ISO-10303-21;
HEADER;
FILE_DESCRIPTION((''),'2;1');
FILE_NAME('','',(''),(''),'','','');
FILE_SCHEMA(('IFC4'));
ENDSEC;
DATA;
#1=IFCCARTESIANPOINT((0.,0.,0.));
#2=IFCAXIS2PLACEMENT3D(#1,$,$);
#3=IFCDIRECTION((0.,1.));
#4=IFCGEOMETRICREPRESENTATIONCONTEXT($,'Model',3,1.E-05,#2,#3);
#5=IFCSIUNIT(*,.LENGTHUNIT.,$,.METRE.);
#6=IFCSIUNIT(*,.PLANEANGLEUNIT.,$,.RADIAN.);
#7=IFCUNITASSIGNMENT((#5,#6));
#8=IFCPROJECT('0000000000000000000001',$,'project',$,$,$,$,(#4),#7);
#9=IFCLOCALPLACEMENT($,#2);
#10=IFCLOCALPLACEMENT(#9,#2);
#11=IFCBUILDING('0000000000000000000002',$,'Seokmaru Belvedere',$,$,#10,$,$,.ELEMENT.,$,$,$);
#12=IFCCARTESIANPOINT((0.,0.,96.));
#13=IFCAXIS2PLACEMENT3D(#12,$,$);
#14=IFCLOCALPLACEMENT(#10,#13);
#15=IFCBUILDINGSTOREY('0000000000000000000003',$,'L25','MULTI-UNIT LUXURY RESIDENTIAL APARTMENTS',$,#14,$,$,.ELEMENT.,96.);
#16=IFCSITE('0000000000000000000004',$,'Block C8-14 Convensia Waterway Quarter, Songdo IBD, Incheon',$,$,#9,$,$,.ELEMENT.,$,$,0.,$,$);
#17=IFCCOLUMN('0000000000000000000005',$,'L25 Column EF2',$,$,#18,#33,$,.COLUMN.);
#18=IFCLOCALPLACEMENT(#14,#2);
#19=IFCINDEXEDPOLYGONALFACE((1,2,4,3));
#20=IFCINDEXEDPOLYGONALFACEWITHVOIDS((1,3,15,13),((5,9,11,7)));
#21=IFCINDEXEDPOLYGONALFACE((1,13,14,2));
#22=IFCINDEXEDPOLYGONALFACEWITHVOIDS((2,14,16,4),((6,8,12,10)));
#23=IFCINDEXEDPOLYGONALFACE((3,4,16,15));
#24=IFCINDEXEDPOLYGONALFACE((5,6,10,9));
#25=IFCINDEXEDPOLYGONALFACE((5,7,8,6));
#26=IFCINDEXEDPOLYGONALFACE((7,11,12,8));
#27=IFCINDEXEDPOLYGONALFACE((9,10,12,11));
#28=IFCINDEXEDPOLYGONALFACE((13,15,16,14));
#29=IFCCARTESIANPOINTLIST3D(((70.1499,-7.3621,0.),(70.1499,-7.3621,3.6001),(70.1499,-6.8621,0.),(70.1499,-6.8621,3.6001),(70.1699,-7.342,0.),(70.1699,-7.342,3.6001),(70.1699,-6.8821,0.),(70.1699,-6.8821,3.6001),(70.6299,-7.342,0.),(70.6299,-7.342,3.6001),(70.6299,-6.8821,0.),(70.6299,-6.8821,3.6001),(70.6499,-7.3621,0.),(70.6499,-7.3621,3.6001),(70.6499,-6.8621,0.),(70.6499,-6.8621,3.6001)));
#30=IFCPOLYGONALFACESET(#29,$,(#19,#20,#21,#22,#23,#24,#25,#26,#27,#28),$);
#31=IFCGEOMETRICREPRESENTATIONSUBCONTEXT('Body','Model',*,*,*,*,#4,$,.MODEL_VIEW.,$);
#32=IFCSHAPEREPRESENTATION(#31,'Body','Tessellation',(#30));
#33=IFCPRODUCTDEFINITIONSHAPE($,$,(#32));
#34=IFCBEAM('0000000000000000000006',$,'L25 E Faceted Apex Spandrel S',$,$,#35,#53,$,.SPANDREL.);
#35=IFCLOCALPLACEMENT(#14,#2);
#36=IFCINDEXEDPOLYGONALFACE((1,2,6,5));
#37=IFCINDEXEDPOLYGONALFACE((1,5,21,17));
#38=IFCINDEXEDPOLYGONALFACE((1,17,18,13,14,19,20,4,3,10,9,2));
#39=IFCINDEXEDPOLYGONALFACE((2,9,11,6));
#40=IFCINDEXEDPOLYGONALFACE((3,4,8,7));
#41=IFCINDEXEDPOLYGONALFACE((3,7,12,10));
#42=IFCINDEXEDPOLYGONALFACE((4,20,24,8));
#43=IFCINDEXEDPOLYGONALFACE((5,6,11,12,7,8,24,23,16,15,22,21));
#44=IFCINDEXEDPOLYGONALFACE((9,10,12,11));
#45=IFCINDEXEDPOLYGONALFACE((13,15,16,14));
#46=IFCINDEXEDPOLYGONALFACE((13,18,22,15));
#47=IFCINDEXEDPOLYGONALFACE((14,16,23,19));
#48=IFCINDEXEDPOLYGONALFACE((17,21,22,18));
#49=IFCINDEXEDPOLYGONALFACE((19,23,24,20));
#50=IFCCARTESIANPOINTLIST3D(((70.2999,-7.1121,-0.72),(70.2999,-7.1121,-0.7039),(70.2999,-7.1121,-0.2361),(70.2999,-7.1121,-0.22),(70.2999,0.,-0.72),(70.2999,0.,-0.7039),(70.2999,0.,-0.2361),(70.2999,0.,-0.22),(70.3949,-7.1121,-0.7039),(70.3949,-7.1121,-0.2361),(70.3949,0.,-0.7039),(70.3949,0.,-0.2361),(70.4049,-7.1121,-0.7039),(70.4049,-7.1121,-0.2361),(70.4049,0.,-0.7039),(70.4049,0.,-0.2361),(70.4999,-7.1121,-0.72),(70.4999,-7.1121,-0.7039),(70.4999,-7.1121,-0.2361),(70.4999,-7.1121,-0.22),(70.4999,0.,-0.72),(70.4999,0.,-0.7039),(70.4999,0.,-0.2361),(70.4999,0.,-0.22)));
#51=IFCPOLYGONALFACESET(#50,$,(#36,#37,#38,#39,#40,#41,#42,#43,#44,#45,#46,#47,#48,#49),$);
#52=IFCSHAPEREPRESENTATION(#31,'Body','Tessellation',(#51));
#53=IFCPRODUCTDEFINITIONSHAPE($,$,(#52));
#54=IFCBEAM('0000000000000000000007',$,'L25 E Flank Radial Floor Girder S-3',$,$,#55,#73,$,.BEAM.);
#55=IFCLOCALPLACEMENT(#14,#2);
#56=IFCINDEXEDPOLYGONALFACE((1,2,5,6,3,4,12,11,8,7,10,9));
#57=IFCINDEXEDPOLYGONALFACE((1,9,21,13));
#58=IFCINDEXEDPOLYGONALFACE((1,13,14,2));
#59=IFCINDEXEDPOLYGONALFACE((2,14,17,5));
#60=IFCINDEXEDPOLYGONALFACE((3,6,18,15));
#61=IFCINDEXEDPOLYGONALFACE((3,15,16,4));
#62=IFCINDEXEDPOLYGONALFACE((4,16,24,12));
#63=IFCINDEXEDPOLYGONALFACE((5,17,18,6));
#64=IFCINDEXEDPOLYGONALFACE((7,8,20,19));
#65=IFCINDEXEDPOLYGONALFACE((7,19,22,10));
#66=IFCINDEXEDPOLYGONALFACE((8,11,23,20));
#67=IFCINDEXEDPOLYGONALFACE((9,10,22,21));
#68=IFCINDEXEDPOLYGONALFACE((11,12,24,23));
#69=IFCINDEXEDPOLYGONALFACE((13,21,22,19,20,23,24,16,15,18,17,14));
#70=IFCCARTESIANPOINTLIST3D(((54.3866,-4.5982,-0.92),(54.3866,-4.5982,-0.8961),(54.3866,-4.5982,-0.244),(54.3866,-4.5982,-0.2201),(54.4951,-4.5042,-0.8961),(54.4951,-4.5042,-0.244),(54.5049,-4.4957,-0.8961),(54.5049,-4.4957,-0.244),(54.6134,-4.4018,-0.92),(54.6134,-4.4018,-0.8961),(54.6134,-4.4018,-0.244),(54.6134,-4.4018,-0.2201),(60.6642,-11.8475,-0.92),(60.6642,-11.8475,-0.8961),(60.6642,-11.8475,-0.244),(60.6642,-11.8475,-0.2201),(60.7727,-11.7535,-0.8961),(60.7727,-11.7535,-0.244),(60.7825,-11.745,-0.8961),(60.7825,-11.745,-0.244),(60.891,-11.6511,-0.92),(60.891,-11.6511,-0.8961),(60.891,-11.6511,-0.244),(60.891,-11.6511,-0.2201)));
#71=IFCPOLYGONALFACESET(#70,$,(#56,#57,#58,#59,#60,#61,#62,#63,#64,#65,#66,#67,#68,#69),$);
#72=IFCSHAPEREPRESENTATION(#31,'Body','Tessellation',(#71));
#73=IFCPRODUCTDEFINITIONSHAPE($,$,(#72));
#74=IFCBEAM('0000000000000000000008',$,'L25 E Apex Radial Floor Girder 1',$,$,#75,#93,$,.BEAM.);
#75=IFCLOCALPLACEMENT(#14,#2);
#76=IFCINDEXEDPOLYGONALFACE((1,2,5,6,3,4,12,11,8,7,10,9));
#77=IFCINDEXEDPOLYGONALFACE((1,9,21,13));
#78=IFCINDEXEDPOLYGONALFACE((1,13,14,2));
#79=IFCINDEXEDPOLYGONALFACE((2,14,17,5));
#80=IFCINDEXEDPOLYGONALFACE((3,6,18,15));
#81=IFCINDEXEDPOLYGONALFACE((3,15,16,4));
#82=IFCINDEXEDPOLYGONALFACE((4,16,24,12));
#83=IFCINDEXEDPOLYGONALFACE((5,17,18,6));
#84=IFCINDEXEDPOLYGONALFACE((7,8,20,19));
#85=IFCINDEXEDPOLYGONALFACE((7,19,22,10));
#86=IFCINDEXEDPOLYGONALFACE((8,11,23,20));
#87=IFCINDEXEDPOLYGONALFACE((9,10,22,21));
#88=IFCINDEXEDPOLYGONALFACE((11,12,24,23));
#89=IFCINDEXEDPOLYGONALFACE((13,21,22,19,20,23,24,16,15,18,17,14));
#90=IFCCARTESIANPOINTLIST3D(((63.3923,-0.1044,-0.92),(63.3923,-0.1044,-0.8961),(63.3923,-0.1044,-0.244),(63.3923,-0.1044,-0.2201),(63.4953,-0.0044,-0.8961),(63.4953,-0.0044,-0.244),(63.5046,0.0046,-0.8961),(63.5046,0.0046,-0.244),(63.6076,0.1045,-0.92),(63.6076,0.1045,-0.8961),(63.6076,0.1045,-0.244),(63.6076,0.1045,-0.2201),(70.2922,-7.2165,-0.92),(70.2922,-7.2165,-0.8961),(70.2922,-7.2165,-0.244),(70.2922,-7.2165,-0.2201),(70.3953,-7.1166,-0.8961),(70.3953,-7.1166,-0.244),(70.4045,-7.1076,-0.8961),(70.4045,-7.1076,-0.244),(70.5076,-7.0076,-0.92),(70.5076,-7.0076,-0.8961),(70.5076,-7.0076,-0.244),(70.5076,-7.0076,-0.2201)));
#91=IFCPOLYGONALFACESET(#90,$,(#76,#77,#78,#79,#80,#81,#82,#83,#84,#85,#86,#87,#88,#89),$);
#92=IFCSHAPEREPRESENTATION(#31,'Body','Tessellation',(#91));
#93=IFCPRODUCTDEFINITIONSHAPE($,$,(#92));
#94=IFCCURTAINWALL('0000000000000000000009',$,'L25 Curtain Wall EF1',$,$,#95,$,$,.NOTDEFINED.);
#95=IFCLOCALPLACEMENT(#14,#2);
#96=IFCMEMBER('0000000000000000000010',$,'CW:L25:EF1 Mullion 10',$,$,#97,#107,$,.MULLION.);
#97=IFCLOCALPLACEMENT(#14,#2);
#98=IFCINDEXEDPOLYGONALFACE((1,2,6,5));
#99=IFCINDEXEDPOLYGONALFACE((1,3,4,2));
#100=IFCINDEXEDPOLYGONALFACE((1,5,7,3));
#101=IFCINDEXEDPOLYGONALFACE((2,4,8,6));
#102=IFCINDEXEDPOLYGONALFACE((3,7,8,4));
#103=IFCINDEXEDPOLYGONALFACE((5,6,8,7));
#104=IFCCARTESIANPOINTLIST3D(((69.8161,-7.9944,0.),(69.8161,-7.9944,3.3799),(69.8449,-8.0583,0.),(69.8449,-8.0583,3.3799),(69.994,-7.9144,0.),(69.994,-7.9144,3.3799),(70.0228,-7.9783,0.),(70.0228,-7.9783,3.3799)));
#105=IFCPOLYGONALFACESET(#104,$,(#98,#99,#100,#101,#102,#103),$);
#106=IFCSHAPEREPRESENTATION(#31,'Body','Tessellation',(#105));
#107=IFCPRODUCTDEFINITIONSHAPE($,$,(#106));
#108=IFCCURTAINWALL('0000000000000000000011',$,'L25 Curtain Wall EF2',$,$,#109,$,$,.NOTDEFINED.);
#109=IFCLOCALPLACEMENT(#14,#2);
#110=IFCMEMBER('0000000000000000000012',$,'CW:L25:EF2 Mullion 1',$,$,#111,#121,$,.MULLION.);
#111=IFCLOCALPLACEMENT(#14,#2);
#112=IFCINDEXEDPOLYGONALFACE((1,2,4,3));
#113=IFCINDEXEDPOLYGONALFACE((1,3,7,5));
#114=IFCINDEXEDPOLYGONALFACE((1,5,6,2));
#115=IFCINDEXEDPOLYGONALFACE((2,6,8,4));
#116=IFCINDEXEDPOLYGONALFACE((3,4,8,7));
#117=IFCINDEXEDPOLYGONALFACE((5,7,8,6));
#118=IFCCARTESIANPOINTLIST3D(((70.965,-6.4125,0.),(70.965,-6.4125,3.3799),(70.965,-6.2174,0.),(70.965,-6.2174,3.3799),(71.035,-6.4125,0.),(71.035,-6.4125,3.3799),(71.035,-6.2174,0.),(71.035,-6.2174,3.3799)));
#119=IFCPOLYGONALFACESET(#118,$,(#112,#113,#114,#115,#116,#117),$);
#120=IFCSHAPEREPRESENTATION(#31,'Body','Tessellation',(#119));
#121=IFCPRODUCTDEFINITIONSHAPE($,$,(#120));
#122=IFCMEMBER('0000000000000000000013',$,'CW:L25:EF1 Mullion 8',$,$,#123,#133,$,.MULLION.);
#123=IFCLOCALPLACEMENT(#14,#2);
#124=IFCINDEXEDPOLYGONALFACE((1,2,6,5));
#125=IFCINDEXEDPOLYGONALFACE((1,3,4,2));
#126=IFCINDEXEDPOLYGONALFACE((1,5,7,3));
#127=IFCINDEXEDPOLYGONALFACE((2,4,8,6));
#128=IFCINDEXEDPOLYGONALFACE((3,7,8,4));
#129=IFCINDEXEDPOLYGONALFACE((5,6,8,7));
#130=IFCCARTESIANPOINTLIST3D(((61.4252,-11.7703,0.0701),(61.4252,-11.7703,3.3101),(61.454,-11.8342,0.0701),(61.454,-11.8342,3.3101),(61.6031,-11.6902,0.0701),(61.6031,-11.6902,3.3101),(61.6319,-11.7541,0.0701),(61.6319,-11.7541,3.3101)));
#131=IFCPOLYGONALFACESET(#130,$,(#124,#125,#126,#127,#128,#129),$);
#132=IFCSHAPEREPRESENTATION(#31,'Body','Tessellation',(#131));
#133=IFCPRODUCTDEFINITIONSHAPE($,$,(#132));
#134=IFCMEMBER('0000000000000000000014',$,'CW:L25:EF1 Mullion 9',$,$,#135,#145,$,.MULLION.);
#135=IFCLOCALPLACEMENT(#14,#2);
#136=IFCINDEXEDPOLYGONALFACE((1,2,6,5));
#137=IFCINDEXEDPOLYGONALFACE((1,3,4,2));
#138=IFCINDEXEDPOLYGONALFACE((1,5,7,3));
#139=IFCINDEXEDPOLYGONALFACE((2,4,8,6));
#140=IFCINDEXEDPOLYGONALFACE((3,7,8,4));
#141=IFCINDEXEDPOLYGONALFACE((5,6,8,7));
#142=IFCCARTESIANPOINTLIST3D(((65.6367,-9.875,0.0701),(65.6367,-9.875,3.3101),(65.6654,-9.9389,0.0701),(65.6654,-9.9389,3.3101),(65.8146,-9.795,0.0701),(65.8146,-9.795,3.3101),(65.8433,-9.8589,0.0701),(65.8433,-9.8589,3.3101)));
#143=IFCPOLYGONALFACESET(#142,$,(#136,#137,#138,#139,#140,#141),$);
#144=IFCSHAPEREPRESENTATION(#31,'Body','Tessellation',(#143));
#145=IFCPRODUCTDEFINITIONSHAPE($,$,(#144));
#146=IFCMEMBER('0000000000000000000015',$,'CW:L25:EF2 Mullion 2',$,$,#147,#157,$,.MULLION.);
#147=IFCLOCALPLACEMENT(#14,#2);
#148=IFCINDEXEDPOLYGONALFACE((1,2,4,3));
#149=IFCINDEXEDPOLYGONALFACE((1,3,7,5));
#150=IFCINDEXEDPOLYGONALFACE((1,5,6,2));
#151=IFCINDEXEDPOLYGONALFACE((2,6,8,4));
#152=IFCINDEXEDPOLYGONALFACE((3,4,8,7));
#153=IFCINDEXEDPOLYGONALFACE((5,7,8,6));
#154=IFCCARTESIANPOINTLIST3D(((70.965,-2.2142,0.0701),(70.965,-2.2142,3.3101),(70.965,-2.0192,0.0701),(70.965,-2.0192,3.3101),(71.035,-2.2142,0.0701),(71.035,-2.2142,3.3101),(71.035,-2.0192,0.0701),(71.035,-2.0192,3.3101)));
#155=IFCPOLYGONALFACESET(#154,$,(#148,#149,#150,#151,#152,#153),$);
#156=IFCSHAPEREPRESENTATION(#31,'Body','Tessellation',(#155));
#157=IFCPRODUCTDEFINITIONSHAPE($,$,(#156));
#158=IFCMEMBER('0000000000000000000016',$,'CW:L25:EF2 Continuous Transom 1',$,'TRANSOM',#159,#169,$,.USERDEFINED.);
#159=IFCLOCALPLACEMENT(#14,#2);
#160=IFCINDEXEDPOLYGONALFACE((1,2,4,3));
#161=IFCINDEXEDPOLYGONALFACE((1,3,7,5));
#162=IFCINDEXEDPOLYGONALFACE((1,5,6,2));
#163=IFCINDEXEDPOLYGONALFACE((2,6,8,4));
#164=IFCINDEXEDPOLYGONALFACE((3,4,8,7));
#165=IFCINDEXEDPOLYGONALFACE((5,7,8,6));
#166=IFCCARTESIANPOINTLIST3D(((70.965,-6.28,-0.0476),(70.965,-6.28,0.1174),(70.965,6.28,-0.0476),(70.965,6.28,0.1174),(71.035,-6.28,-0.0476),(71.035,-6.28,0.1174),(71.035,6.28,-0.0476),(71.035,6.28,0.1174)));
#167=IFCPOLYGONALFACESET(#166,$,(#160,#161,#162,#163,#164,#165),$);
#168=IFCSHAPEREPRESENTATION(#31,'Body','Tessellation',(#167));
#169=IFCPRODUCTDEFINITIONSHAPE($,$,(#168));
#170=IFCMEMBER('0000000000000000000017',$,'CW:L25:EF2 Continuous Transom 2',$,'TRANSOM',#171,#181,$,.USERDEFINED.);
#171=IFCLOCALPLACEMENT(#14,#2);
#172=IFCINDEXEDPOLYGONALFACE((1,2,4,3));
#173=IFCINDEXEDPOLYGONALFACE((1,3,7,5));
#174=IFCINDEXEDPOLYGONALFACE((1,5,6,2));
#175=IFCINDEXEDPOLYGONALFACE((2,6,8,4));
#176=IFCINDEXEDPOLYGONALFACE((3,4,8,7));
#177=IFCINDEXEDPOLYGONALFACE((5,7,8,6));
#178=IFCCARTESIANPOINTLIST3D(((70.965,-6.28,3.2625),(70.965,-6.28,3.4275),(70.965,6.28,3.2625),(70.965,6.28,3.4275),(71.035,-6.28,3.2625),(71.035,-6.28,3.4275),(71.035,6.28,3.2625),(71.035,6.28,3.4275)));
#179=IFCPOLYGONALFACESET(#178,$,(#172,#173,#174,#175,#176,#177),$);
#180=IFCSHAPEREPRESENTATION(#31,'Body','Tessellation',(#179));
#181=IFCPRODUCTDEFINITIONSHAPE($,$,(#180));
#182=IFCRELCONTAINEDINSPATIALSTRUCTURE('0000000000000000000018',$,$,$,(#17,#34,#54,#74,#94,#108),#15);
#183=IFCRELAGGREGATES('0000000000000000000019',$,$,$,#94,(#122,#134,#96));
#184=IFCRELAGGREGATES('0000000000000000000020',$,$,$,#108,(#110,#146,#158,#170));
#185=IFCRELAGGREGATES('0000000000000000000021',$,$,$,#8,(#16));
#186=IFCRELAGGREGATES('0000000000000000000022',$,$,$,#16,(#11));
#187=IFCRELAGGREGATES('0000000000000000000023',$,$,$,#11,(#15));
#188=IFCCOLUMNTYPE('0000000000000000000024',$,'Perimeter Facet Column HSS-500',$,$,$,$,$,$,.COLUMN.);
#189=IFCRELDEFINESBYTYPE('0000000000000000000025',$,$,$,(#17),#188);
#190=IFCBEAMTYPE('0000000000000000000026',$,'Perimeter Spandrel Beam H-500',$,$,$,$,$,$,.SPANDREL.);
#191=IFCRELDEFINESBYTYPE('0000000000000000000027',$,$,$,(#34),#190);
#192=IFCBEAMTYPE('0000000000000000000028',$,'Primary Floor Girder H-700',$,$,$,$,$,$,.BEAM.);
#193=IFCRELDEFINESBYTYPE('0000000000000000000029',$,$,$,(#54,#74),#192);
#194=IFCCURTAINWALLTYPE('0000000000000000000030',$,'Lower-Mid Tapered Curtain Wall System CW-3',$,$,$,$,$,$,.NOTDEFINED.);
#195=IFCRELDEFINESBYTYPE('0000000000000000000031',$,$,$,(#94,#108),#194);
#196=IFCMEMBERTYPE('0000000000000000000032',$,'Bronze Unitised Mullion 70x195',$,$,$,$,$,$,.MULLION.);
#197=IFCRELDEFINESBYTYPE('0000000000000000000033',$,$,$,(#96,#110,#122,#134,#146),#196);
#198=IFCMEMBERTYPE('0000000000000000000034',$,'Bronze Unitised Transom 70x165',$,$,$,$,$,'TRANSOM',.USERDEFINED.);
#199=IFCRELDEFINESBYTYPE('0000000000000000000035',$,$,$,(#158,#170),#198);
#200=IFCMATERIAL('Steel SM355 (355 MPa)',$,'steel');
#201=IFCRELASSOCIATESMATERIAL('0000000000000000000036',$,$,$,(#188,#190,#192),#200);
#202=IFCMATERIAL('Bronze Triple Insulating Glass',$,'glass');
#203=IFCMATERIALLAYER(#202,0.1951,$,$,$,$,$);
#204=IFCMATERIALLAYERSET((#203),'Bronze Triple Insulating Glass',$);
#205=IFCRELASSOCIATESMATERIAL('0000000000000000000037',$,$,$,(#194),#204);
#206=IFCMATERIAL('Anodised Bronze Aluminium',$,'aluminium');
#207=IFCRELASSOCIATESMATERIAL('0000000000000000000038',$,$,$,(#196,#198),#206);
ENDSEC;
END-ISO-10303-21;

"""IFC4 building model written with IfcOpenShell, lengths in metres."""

from ifc_helpers import new_model, si_unit, direction, frame, origin, origin_2d, place, context, subcontext, project, spatial, rectangle, hollow_rectangle, i_section, extrude, source, transform, mapped, material, layer, layer_set, material_profile, profile_set, type_object, type_shapes, element, aggregate, save


model = new_model("IFC4")

# Units and contexts
model_context = context("Model", 3, precision=1e-05, world=origin(), true_north=direction((0.0, 1.0)))
body_context = subcontext(model_context, "Body", "Model", "MODEL_VIEW")
ifc_project = project(units=[si_unit("LENGTHUNIT", "METRE"), si_unit("PLANEANGLEUNIT", "RADIAN")], contexts=[model_context])

# Site, building, storey
site_placement = place(None, origin())
site = spatial("IfcSite", under=ifc_project, at=site_placement, Name="Block C8-14 Convensia Waterway Quarter, Songdo IBD, Incheon", CompositionType="ELEMENT", RefElevation=0.0)
building_placement = place(site_placement, origin())
building = spatial("IfcBuilding", under=site, at=building_placement, Name="Seokmaru Belvedere", CompositionType="ELEMENT")
storey_placement = place(building_placement, frame((0.0, 0.0, 96.0)))
storey = spatial("IfcBuildingStorey", under=building, at=storey_placement, Name="L25", Description="MULTI-UNIT LUXURY RESIDENTIAL APARTMENTS", CompositionType="ELEMENT", Elevation=96.0)

# Column
ifc_material_1 = material(Name="Steel SM355 (355 MPa)", Category="steel")
ifc_material_profile_1 = material_profile(ifc_material_1, hollow_rectangle(XDim=0.5, YDim=0.5, WallThickness=0.02, at=origin_2d()), Name="HSS-500x500x20")
ifc_profile_set_1 = profile_set([ifc_material_profile_1], Name="Steel SM355 (355 MPa)")
column_type = type_object("IfcColumnType", Name="Perimeter Facet Column HSS-500", PredefinedType="COLUMN", material=ifc_profile_set_1)
shared_shape_1 = source(origin(), body_context, "Body", "SweptSolid", [
    extrude(hollow_rectangle(XDim=0.5, YDim=0.5, WallThickness=0.02, at=origin_2d()), origin(), (0.0, 0.0, 1.0), 3.6001),
])
type_shapes(column_type, [shared_shape_1])
column_placement = place(storey_placement, frame((70.3999, -7.1121, 0.0), z_axis=(0.0, 0.0, 1.0), x_axis=(1.0, 0.0, 0.0)))
element("IfcColumn", 1, at=column_placement, inside=storey, type_object=column_type, Name="L25 Column EF2", PredefinedType="COLUMN", context=body_context, shape_type="MappedRepresentation", body=[
    mapped(shared_shape_1, transform((0.0, 0.0, 0.0), scale=1.0)),
])

# Beams
ifc_material_profile_2 = material_profile(ifc_material_1, i_section(OverallWidth=0.2, OverallDepth=0.5, WebThickness=0.01, FlangeThickness=0.0161, at=origin_2d()), Name="H-500x200x10x16")
ifc_profile_set_2 = profile_set([ifc_material_profile_2], Name="Steel SM355 (355 MPa)")
beam_type_1 = type_object("IfcBeamType", Name="Perimeter Spandrel Beam H-500", PredefinedType="SPANDREL", material=ifc_profile_set_2)
shared_shape_2 = source(origin(), body_context, "Body", "SweptSolid", [
    extrude(i_section(OverallWidth=0.2, OverallDepth=0.5, WebThickness=0.01, FlangeThickness=0.0161, at=origin_2d()), origin(), (0.0, 0.0, 1.0), 7.1121),
])
type_shapes(beam_type_1, [shared_shape_2])
beam_1_placement = place(storey_placement, frame((70.3999, -7.1121, -0.47), z_axis=(0.0, 1.0, 0.0), x_axis=(-1.0, 0.0, 0.0)))
element("IfcBeam", 2, at=beam_1_placement, inside=storey, type_object=beam_type_1, Name="L25 E Faceted Apex Spandrel S", PredefinedType="SPANDREL", context=body_context, shape_type="MappedRepresentation", body=[
    mapped(shared_shape_2, transform((0.0, 0.0, 0.0), scale=1.0)),
])
ifc_material_profile_3 = material_profile(ifc_material_1, i_section(OverallWidth=0.3, OverallDepth=0.7, WebThickness=0.0129, FlangeThickness=0.0239, at=origin_2d()), Name="H-700x300x13x24")
ifc_profile_set_3 = profile_set([ifc_material_profile_3], Name="Steel SM355 (355 MPa)")
beam_type_2 = type_object("IfcBeamType", Name="Primary Floor Girder H-700", PredefinedType="BEAM", material=ifc_profile_set_3)
shared_shape_3 = source(origin(), body_context, "Body", "SweptSolid", [
    extrude(i_section(OverallWidth=0.3, OverallDepth=0.7, WebThickness=0.0129, FlangeThickness=0.0239, at=origin_2d()), origin(), (0.0, 0.0, 1.0), 9.5896),
])
beam_2_placement = place(storey_placement, frame((60.7776, -11.7493, -0.5701), z_axis=(-0.654626, 0.755953, 0.0), x_axis=(-0.755953, -0.654626, 0.0)))
element("IfcBeam", 3, at=beam_2_placement, inside=storey, type_object=beam_type_2, Name="L25 E Flank Radial Floor Girder S-3", PredefinedType="BEAM", context=body_context, shape_type="MappedRepresentation", body=[
    mapped(shared_shape_3, transform((0.0, 0.0, 0.0), scale=1.0)),
])
shared_shape_4 = source(origin(), body_context, "Body", "SweptSolid", [
    extrude(i_section(OverallWidth=0.3, OverallDepth=0.7, WebThickness=0.0129, FlangeThickness=0.0239, at=origin_2d()), origin(), (0.0, 0.0, 1.0), 9.9092),
])
type_shapes(beam_type_2, [shared_shape_3, shared_shape_4])
beam_3_placement = place(storey_placement, frame((70.3999, -7.1121, -0.5701), z_axis=(-0.696321, 0.717731, 0.0), x_axis=(-0.717731, -0.696321, 0.0)))
element("IfcBeam", 4, at=beam_3_placement, inside=storey, type_object=beam_type_2, Name="L25 E Apex Radial Floor Girder 1", PredefinedType="BEAM", context=body_context, shape_type="MappedRepresentation", body=[
    mapped(shared_shape_4, transform((0.0, 0.0, 0.0), scale=1.0)),
])

# Curtain walls, members
ifc_material_2 = material(Name="Bronze Triple Insulating Glass", Category="glass")
ifc_layer_1 = layer(ifc_material_2, 0.1951)
ifc_layer_set_1 = layer_set([ifc_layer_1], Name="Bronze Triple Insulating Glass")
curtain_wall_type = type_object("IfcCurtainWallType", Name="Lower-Mid Tapered Curtain Wall System CW-3", PredefinedType="NOTDEFINED", material=ifc_layer_set_1)
curtain_wall_1_placement = place(storey_placement, origin())
curtain_wall_1 = element("IfcCurtainWall", 5, at=curtain_wall_1_placement, inside=storey, type_object=curtain_wall_type, Name="L25 Curtain Wall EF1", PredefinedType="NOTDEFINED")
ifc_material_3 = material(Name="Anodised Bronze Aluminium", Category="aluminium")
ifc_material_profile_4 = material_profile(ifc_material_3, rectangle(XDim=0.0701, YDim=0.1951, at=origin_2d()), Name="CW-M-70x195")
ifc_profile_set_4 = profile_set([ifc_material_profile_4], Name="Anodised Bronze Aluminium")
member_type_1 = type_object("IfcMemberType", Name="Bronze Unitised Mullion 70x195", PredefinedType="MULLION", material=ifc_profile_set_4)
shared_shape_5 = source(origin(), body_context, "Body", "SweptSolid", [
    extrude(rectangle(XDim=0.0701, YDim=0.1951, at=origin_2d()), origin(), (0.0, 0.0, 1.0), 3.3799),
])
member_1_placement = place(storey_placement, frame((69.9194, -7.9863, 0.0), z_axis=(0.0, 0.0, 1.0), x_axis=(-0.410366, 0.911921, 0.0)))
member_1 = element("IfcMember", 6, at=member_1_placement, type_object=member_type_1, Name="CW:L25:EF1 Mullion 10", PredefinedType="MULLION", context=body_context, shape_type="MappedRepresentation", body=[
    mapped(shared_shape_5, transform((0.0, 0.0, 0.0), scale=1.0)),
])
curtain_wall_2_placement = place(storey_placement, origin())
curtain_wall_2 = element("IfcCurtainWall", 7, at=curtain_wall_2_placement, inside=storey, type_object=curtain_wall_type, Name="L25 Curtain Wall EF2", PredefinedType="NOTDEFINED")
member_2_placement = place(storey_placement, frame((71.0, -6.3149, 0.0), z_axis=(0.0, 0.0, 1.0), x_axis=(-1.0, 0.0, 0.0)))
member_2 = element("IfcMember", 8, at=member_2_placement, type_object=member_type_1, Name="CW:L25:EF2 Mullion 1", PredefinedType="MULLION", context=body_context, shape_type="MappedRepresentation", body=[
    mapped(shared_shape_5, transform((0.0, 0.0, 0.0), scale=1.0)),
])

# Members
shared_shape_6 = source(origin(), body_context, "Body", "SweptSolid", [
    extrude(rectangle(XDim=0.0701, YDim=0.1951, at=origin_2d()), origin(), (0.0, 0.0, 1.0), 3.24),
])
type_shapes(member_type_1, [shared_shape_5, shared_shape_6])
member_3_placement = place(storey_placement, frame((61.5286, -11.7622, 0.0701), z_axis=(0.0, 0.0, 1.0), x_axis=(-0.410366, 0.911921, 0.0)))
member_3 = element("IfcMember", 9, at=member_3_placement, type_object=member_type_1, Name="CW:L25:EF1 Mullion 8", PredefinedType="MULLION", context=body_context, shape_type="MappedRepresentation", body=[
    mapped(shared_shape_6, transform((0.0, 0.0, 0.0), scale=1.0)),
])
member_4_placement = place(storey_placement, frame((65.74, -9.8669, 0.0701), z_axis=(0.0, 0.0, 1.0), x_axis=(-0.410366, 0.911921, 0.0)))
member_4 = element("IfcMember", 10, at=member_4_placement, type_object=member_type_1, Name="CW:L25:EF1 Mullion 9", PredefinedType="MULLION", context=body_context, shape_type="MappedRepresentation", body=[
    mapped(shared_shape_6, transform((0.0, 0.0, 0.0), scale=1.0)),
])
member_5_placement = place(storey_placement, frame((71.0, -2.1167, 0.0701), z_axis=(0.0, 0.0, 1.0), x_axis=(-1.0, 0.0, 0.0)))
member_5 = element("IfcMember", 11, at=member_5_placement, type_object=member_type_1, Name="CW:L25:EF2 Mullion 2", PredefinedType="MULLION", context=body_context, shape_type="MappedRepresentation", body=[
    mapped(shared_shape_6, transform((0.0, 0.0, 0.0), scale=1.0)),
])
ifc_material_profile_5 = material_profile(ifc_material_3, rectangle(XDim=0.0701, YDim=0.165, at=origin_2d()), Name="CW-T-70x165")
ifc_profile_set_5 = profile_set([ifc_material_profile_5], Name="Anodised Bronze Aluminium")
member_type_2 = type_object("IfcMemberType", Name="Bronze Unitised Transom 70x165", ElementType="TRANSOM", PredefinedType="USERDEFINED", material=ifc_profile_set_5)
shared_shape_7 = source(origin(), body_context, "Body", "SweptSolid", [
    extrude(rectangle(XDim=0.0701, YDim=0.165, at=origin_2d()), origin(), (0.0, 0.0, 1.0), 12.5601),
])
type_shapes(member_type_2, [shared_shape_7])
member_6_placement = place(storey_placement, frame((71.0, -6.28, 0.0349), z_axis=(0.0, 1.0, 0.0), x_axis=(-1.0, 0.0, 0.0)))
member_6 = element("IfcMember", 12, at=member_6_placement, type_object=member_type_2, Name="CW:L25:EF2 Continuous Transom 1", ObjectType="TRANSOM", PredefinedType="USERDEFINED", context=body_context, shape_type="MappedRepresentation", body=[
    mapped(shared_shape_7, transform((0.0, 0.0, 0.0), scale=1.0)),
])
member_7_placement = place(storey_placement, frame((71.0, -6.28, 3.345), z_axis=(0.0, 1.0, 0.0), x_axis=(-1.0, 0.0, 0.0)))
member_7 = element("IfcMember", 13, at=member_7_placement, type_object=member_type_2, Name="CW:L25:EF2 Continuous Transom 2", ObjectType="TRANSOM", PredefinedType="USERDEFINED", context=body_context, shape_type="MappedRepresentation", body=[
    mapped(shared_shape_7, transform((0.0, 0.0, 0.0), scale=1.0)),
])

aggregate(curtain_wall_1, [member_3, member_4, member_1])
aggregate(curtain_wall_2, [member_2, member_5, member_6, member_7])

save(model, "model.ifc")
